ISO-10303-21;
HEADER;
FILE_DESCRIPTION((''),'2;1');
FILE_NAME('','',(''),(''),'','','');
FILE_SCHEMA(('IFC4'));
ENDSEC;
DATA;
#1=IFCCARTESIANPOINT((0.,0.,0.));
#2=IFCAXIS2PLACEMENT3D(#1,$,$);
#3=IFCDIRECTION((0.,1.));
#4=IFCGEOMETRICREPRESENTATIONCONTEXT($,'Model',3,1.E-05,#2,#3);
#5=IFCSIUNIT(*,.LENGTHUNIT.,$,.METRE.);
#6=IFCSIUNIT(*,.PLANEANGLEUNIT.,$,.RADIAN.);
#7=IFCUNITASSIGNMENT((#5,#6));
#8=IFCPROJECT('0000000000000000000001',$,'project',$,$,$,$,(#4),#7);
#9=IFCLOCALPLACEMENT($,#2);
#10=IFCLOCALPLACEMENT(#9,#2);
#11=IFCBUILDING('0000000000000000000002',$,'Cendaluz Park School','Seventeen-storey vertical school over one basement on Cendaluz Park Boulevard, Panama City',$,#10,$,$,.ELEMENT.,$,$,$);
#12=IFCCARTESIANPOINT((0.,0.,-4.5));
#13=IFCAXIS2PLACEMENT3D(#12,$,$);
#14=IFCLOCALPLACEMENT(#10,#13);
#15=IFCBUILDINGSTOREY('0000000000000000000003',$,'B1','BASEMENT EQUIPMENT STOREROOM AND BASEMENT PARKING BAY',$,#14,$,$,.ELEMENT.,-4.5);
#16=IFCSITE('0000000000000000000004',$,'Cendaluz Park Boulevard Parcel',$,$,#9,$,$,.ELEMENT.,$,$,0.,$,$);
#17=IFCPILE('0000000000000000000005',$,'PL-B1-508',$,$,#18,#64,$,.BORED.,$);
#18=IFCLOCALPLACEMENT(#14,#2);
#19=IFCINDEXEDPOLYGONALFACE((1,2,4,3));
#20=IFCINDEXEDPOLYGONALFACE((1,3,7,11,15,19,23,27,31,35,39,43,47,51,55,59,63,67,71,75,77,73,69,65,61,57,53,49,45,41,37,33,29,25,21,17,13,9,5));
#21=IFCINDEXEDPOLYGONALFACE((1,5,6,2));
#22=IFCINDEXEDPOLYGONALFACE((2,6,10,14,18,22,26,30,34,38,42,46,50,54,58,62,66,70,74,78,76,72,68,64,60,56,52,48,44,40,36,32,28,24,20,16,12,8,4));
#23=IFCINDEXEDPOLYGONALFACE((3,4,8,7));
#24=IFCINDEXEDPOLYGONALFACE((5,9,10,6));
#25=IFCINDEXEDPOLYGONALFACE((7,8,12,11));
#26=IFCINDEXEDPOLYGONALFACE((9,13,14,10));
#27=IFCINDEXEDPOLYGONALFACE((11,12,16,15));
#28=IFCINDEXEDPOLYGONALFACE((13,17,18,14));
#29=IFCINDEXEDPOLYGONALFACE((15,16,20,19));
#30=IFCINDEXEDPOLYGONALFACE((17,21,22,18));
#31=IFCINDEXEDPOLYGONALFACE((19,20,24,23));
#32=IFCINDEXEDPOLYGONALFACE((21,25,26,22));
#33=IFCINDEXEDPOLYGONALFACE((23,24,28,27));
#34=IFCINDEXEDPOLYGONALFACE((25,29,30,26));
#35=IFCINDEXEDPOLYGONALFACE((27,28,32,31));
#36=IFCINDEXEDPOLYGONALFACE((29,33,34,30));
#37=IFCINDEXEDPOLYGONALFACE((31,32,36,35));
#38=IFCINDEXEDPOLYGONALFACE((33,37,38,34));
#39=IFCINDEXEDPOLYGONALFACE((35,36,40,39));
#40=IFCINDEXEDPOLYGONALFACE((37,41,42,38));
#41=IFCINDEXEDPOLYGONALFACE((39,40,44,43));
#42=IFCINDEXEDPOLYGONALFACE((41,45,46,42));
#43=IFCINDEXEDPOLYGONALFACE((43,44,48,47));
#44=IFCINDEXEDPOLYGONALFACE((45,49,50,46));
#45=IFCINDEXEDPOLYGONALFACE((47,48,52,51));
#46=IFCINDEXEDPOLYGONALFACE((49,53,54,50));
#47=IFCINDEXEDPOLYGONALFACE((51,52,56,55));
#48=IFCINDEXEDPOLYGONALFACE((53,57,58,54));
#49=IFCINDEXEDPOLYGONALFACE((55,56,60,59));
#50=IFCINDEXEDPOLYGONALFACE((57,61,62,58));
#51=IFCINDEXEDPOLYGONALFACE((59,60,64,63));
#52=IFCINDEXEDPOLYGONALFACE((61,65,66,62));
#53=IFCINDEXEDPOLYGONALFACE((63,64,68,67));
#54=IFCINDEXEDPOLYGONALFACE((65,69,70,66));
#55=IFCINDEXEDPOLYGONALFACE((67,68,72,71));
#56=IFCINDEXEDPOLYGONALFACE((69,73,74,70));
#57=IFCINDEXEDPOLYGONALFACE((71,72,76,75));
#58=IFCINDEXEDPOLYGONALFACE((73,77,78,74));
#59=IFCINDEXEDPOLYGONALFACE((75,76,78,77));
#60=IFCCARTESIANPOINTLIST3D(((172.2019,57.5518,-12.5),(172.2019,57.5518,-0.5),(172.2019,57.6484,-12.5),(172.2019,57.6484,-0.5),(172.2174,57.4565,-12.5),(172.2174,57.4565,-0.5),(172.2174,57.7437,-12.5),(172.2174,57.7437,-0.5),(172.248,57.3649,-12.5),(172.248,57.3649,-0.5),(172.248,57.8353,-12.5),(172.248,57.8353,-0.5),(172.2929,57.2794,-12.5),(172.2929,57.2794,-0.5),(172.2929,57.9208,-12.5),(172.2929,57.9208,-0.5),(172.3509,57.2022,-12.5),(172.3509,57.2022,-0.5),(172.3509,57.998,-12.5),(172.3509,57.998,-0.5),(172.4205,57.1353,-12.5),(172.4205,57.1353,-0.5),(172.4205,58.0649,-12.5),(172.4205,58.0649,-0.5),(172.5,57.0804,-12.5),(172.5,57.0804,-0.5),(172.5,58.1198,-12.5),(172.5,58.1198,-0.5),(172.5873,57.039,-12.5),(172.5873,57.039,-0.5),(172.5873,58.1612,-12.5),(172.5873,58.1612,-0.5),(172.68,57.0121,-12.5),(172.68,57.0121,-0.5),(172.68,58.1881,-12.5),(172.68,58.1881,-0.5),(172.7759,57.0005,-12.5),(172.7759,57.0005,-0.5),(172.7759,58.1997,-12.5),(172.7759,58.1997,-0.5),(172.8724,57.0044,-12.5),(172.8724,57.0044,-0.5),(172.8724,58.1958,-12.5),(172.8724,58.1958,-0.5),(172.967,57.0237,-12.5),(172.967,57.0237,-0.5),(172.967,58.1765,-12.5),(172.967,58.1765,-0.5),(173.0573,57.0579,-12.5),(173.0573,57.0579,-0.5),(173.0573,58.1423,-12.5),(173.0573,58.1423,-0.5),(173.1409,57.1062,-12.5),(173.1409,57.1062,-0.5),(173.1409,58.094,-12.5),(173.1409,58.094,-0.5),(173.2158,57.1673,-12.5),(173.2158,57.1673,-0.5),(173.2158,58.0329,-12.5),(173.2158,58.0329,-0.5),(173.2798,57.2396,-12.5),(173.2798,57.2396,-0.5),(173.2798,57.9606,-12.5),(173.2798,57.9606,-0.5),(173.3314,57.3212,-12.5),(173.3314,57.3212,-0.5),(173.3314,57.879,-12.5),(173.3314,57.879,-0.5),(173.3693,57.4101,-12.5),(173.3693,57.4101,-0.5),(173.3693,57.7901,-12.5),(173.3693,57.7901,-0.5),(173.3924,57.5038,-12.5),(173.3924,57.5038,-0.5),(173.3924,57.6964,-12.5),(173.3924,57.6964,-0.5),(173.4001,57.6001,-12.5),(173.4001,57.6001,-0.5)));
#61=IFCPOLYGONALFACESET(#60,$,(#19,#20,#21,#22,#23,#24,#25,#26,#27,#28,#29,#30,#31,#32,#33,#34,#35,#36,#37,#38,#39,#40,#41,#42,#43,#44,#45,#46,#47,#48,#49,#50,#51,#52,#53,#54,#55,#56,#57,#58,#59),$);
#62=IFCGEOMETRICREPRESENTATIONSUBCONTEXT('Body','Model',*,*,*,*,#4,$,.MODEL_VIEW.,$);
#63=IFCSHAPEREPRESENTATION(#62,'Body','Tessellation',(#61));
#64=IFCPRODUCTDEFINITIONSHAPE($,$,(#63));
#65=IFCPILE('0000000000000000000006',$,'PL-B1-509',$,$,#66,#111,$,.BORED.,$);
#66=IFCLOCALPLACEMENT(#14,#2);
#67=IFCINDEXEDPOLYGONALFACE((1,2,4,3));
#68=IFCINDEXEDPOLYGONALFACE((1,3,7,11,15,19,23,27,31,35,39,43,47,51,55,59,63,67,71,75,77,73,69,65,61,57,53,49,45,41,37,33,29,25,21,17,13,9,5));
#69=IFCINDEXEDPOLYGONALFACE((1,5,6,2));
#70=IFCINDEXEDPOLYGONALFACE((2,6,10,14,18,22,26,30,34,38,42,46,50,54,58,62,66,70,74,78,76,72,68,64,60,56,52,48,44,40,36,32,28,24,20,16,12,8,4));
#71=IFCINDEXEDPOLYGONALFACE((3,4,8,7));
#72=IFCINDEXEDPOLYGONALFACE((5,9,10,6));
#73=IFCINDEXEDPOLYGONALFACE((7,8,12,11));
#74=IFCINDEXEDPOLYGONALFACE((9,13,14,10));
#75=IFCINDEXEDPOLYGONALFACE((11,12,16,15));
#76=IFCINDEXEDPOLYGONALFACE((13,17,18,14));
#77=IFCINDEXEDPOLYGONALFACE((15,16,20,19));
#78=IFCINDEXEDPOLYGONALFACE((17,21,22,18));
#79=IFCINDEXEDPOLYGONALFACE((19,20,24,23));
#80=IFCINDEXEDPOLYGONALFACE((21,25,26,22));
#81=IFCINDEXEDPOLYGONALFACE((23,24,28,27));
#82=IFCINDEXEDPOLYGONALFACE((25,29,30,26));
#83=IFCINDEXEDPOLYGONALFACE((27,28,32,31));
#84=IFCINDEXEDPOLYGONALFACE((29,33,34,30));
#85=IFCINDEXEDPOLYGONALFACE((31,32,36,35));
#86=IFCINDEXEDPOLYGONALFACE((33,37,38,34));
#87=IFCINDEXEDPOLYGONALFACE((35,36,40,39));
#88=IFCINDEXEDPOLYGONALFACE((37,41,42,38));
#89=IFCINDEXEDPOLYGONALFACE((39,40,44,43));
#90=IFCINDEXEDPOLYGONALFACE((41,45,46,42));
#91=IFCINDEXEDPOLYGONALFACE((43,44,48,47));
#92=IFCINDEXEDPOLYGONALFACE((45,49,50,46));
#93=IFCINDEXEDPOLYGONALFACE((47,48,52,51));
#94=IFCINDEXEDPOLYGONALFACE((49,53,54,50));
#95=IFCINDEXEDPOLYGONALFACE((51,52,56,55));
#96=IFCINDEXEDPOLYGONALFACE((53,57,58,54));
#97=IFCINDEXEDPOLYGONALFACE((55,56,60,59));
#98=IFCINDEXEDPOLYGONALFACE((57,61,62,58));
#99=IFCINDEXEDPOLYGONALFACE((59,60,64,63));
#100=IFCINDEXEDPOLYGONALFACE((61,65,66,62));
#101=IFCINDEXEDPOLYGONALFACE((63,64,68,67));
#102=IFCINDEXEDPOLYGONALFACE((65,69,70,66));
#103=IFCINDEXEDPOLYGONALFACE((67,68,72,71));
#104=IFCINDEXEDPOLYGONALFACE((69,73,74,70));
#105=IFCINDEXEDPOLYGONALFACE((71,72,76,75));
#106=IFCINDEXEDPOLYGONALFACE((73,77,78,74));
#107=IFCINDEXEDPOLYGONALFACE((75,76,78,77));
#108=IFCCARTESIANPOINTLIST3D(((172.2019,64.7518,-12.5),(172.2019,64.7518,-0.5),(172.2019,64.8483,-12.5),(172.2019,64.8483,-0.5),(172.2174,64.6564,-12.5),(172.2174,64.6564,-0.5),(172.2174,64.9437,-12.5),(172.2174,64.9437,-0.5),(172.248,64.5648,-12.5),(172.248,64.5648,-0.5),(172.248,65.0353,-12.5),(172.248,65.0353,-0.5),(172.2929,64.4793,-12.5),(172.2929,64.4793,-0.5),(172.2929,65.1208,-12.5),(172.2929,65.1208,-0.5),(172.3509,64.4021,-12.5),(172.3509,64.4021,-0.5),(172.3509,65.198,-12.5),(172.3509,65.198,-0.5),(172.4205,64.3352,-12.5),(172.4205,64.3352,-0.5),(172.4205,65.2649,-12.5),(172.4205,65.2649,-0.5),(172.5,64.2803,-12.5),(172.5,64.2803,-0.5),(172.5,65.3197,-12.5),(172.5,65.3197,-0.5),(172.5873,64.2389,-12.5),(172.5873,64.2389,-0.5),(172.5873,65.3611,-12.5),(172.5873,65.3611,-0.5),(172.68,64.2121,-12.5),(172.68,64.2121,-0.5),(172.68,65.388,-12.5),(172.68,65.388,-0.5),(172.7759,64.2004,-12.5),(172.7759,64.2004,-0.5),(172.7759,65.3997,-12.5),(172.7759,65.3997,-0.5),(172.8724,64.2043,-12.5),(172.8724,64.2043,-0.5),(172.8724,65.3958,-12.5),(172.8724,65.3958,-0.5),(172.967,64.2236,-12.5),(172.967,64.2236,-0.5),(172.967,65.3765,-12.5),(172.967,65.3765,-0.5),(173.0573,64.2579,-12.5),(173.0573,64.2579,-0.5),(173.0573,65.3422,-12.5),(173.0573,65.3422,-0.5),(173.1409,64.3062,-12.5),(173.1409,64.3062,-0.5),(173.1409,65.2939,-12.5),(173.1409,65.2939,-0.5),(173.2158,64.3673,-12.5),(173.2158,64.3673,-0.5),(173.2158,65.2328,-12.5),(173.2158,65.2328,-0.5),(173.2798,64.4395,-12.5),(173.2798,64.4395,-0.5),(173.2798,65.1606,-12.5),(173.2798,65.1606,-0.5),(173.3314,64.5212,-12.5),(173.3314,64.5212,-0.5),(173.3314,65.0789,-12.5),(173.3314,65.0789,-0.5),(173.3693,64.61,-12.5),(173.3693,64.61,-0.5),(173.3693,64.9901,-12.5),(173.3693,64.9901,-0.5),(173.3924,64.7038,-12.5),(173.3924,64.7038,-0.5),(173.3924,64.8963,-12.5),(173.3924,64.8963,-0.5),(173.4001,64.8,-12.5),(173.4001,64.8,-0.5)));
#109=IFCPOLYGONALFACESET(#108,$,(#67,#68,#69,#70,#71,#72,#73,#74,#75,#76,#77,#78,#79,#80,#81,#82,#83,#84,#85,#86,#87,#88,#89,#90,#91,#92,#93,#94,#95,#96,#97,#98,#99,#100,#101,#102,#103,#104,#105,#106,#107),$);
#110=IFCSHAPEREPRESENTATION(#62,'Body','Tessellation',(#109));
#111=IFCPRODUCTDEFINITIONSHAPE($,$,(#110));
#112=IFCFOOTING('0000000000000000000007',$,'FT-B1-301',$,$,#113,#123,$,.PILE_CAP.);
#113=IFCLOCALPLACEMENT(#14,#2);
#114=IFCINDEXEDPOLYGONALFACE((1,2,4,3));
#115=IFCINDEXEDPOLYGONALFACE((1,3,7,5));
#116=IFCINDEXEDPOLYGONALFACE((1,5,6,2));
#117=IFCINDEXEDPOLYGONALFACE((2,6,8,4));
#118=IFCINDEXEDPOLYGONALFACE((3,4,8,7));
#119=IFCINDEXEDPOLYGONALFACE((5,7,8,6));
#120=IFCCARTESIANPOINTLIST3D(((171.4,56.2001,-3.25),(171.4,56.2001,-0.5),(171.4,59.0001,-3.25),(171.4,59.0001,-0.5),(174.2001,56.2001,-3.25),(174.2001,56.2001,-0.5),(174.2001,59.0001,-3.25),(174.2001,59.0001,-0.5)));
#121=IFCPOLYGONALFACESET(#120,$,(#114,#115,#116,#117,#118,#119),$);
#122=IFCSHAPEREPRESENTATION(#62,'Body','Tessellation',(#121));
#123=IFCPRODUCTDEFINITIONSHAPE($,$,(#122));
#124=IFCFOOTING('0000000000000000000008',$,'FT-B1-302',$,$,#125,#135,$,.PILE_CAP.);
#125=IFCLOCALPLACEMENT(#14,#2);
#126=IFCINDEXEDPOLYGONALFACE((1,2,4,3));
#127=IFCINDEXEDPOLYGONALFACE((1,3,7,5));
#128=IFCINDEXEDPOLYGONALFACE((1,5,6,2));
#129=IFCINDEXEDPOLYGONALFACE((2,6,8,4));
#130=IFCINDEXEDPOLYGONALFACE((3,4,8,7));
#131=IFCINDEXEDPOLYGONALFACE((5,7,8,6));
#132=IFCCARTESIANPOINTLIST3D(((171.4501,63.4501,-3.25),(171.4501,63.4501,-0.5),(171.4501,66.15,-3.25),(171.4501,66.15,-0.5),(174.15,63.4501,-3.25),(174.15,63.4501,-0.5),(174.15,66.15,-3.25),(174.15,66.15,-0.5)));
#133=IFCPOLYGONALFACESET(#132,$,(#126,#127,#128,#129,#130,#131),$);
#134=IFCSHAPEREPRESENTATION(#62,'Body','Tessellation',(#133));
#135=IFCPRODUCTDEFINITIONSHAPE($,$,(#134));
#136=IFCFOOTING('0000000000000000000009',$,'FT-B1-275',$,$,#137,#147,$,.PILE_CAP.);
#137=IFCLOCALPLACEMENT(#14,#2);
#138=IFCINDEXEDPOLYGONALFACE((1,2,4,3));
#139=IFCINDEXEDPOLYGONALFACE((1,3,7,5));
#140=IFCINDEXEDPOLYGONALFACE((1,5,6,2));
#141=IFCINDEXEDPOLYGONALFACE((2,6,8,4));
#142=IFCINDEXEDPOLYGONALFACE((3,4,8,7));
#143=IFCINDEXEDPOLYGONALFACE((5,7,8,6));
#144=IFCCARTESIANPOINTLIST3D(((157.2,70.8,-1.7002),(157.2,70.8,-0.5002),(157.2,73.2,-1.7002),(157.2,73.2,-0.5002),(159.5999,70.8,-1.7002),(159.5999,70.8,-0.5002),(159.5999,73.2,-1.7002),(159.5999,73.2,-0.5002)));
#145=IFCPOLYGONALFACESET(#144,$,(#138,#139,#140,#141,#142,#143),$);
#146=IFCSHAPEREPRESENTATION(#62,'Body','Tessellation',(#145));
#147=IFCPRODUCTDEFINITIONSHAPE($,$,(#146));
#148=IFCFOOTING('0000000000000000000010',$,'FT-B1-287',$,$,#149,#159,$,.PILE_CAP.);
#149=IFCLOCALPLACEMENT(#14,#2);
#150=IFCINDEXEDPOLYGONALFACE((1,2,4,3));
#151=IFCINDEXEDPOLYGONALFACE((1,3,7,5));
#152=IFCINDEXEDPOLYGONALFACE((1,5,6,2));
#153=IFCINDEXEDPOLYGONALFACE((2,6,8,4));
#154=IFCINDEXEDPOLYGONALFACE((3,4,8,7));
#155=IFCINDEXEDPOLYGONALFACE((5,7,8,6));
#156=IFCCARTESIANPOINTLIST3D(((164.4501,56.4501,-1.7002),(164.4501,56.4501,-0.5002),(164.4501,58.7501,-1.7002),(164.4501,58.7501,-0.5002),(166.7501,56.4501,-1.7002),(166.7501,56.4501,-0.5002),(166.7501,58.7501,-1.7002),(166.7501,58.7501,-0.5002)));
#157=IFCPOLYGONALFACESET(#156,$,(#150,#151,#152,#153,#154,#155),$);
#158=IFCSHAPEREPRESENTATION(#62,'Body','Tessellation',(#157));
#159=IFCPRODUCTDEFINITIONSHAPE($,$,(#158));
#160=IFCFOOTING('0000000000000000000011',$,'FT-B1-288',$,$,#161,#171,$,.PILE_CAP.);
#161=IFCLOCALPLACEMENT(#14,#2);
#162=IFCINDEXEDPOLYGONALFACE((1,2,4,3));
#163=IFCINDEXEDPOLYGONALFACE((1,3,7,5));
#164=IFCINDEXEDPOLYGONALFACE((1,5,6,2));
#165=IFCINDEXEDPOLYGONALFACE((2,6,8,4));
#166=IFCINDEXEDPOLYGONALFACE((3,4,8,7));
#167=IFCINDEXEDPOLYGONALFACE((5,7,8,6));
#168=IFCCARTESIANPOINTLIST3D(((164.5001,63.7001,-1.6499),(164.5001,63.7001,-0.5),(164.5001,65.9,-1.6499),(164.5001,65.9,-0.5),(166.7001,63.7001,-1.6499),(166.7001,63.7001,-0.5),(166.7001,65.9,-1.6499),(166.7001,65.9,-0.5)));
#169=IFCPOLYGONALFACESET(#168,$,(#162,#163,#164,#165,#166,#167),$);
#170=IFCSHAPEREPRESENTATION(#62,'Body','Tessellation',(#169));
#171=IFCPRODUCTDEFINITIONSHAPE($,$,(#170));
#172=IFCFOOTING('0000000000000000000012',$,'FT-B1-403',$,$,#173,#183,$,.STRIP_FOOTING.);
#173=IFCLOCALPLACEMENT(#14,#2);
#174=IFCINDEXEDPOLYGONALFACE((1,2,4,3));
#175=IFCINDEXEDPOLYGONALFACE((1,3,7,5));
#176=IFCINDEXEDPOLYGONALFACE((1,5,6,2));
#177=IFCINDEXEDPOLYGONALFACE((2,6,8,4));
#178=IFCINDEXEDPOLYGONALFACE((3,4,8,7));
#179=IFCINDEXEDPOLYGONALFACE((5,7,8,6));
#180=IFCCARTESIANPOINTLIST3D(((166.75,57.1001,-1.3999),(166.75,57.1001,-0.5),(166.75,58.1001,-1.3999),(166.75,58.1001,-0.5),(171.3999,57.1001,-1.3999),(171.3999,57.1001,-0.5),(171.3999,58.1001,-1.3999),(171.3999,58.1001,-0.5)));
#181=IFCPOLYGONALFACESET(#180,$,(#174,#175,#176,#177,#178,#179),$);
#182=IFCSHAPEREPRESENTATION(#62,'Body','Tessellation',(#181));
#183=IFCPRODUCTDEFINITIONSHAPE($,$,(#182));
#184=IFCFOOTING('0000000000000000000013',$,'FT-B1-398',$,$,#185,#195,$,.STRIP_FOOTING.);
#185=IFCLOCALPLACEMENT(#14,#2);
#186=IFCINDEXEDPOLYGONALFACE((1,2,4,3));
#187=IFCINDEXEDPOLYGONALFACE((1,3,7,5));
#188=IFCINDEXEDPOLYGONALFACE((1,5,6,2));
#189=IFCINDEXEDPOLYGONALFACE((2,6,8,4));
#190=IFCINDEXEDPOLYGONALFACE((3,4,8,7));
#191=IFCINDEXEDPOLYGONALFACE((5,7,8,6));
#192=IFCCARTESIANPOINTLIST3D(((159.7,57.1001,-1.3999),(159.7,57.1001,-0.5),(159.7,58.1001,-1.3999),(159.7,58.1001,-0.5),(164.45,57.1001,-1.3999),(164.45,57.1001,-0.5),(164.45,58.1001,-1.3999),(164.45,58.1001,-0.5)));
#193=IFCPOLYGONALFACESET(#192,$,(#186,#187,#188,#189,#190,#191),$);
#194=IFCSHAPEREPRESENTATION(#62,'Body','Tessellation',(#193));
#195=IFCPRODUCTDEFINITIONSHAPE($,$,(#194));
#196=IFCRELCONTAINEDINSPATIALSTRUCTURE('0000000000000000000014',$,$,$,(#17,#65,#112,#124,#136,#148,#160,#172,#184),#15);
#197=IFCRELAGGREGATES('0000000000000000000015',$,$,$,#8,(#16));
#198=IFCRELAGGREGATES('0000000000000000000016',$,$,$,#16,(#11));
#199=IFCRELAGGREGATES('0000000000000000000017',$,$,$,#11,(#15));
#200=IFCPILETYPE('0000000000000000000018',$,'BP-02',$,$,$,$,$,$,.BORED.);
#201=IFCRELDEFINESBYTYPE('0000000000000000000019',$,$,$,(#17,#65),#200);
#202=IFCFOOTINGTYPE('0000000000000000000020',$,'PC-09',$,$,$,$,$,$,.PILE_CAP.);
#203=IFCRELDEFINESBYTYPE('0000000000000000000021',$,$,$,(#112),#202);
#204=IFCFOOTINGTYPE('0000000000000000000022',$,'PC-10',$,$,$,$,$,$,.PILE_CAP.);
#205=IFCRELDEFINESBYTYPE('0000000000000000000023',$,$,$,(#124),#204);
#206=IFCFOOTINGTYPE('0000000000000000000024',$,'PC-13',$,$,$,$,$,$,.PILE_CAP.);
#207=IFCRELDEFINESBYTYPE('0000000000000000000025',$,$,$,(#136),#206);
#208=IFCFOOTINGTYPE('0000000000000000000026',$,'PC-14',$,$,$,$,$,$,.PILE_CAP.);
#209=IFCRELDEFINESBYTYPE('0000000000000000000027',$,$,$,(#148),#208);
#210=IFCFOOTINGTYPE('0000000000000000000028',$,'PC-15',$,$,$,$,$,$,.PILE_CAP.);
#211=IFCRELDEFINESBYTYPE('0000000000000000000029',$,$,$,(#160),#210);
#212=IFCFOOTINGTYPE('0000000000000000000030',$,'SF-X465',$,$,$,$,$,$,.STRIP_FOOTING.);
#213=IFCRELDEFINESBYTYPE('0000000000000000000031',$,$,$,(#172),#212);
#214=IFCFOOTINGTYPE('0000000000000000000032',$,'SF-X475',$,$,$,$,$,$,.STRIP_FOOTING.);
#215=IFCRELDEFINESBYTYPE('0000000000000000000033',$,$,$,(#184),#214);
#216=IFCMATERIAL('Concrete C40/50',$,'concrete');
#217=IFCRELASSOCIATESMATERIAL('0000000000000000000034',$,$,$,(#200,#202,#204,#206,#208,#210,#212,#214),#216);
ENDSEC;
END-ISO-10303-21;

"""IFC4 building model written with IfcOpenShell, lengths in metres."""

from ifc_helpers import new_model, si_unit, direction, frame, origin, origin_2d, place, context, subcontext, project, spatial, rectangle, circle, extrude, material, material_profile, profile_set, type_object, element, save


model = new_model("IFC4")

# Units and contexts
model_context = context("Model", 3, precision=1e-05, world=origin(), true_north=direction((0.0, 1.0)))
body_context = subcontext(model_context, "Body", "Model", "MODEL_VIEW")
ifc_project = project(units=[si_unit("LENGTHUNIT", "METRE"), si_unit("PLANEANGLEUNIT", "RADIAN")], contexts=[model_context])

# Site, building, storey
site_placement = place(None, origin())
site = spatial("IfcSite", under=ifc_project, at=site_placement, Name="Cendaluz Park Boulevard Parcel", CompositionType="ELEMENT", RefElevation=0.0)
building_placement = place(site_placement, origin())
building = spatial("IfcBuilding", under=site, at=building_placement, Name="Cendaluz Park School", Description="Seventeen-storey vertical school over one basement on Cendaluz Park Boulevard, Panama City", CompositionType="ELEMENT")
storey_placement = place(building_placement, frame((0.0, 0.0, -4.5)))
storey = spatial("IfcBuildingStorey", under=building, at=storey_placement, Name="B1", Description="BASEMENT EQUIPMENT STOREROOM AND BASEMENT PARKING BAY", CompositionType="ELEMENT", Elevation=-4.5)

# Piles
ifc_material_1 = material(Name="Concrete C40/50", Category="concrete")
ifc_material_profile_1 = material_profile(ifc_material_1, circle(Radius=0.6001, at=origin_2d()), Name="BP D1200", Category="concrete")
ifc_profile_set_1 = profile_set([ifc_material_profile_1], Name="Concrete C40/50")
pile_type_1 = type_object("IfcPileType", Name="BP-02", PredefinedType="BORED", material=ifc_profile_set_1)
for number, where, z_axis, x_axis, name in (
    (1, (172.8, 57.6001, -0.5), (0.0, 0.0, -1.0), (1.0, 0.0, 0.0), "PL-B1-508"),
    (2, (172.8, 64.8, -0.5), (0.0, 0.0, -1.0), (1.0, 0.0, 0.0), "PL-B1-509"),
):
    element("IfcPile", number, at=place(storey_placement, frame(where, z_axis=z_axis, x_axis=x_axis)), inside=storey, type_object=pile_type_1, Name=name, PredefinedType="BORED", context=body_context, shape_type="SweptSolid", body=[
        extrude(circle(Radius=0.6001, at=origin_2d()), origin(), (0.0, 0.0, 1.0), 12.0),
    ])

# Footings
footing_type_1 = type_object("IfcFootingType", Name="PC-09", PredefinedType="PILE_CAP", material=ifc_material_1)
footing_1_placement = place(storey_placement, frame((172.8, 57.6001, -3.25), z_axis=(0.0, 0.0, 1.0), x_axis=(1.0, 0.0, 0.0)))
element("IfcFooting", 3, at=footing_1_placement, inside=storey, type_object=footing_type_1, Name="FT-B1-301", PredefinedType="PILE_CAP", context=body_context, shape_type="SweptSolid", body=[
    extrude(rectangle(XDim=2.8, YDim=2.8, at=origin_2d()), origin(), (0.0, 0.0, 1.0), 2.75),
])
footing_type_2 = type_object("IfcFootingType", Name="PC-10", PredefinedType="PILE_CAP", material=ifc_material_1)
footing_2_placement = place(storey_placement, frame((172.8, 64.8, -3.25), z_axis=(0.0, 0.0, 1.0), x_axis=(1.0, 0.0, 0.0)))
element("IfcFooting", 4, at=footing_2_placement, inside=storey, type_object=footing_type_2, Name="FT-B1-302", PredefinedType="PILE_CAP", context=body_context, shape_type="SweptSolid", body=[
    extrude(rectangle(XDim=2.7, YDim=2.7, at=origin_2d()), origin(), (0.0, 0.0, 1.0), 2.75),
])
footing_type_3 = type_object("IfcFootingType", Name="PC-13", PredefinedType="PILE_CAP", material=ifc_material_1)
footing_3_placement = place(storey_placement, frame((158.3999, 72.0, -1.7002), z_axis=(0.0, 0.0, 1.0), x_axis=(1.0, 0.0, 0.0)))
element("IfcFooting", 5, at=footing_3_placement, inside=storey, type_object=footing_type_3, Name="FT-B1-275", PredefinedType="PILE_CAP", context=body_context, shape_type="SweptSolid", body=[
    extrude(rectangle(XDim=2.3999, YDim=2.3999, at=origin_2d()), origin(), (0.0, 0.0, 1.0), 1.2),
])
footing_type_4 = type_object("IfcFootingType", Name="PC-14", PredefinedType="PILE_CAP", material=ifc_material_1)
footing_4_placement = place(storey_placement, frame((165.6001, 57.6001, -1.7002), z_axis=(0.0, 0.0, 1.0), x_axis=(1.0, 0.0, 0.0)))
element("IfcFooting", 6, at=footing_4_placement, inside=storey, type_object=footing_type_4, Name="FT-B1-287", PredefinedType="PILE_CAP", context=body_context, shape_type="SweptSolid", body=[
    extrude(rectangle(XDim=2.3, YDim=2.3, at=origin_2d()), origin(), (0.0, 0.0, 1.0), 1.2),
])
footing_type_5 = type_object("IfcFootingType", Name="PC-15", PredefinedType="PILE_CAP", material=ifc_material_1)
footing_5_placement = place(storey_placement, frame((165.6001, 64.8, -1.6499), z_axis=(0.0, 0.0, 1.0), x_axis=(1.0, 0.0, 0.0)))
element("IfcFooting", 7, at=footing_5_placement, inside=storey, type_object=footing_type_5, Name="FT-B1-288", PredefinedType="PILE_CAP", context=body_context, shape_type="SweptSolid", body=[
    extrude(rectangle(XDim=2.2, YDim=2.2, at=origin_2d()), origin(), (0.0, 0.0, 1.0), 1.1499),
])
footing_type_6 = type_object("IfcFootingType", Name="SF-X465", PredefinedType="STRIP_FOOTING", material=ifc_material_1)
footing_6_placement = place(storey_placement, frame((169.075, 57.6001, -1.3999), z_axis=(0.0, 0.0, 1.0), x_axis=(1.0, 0.0, 0.0)))
element("IfcFooting", 8, at=footing_6_placement, inside=storey, type_object=footing_type_6, Name="FT-B1-403", PredefinedType="STRIP_FOOTING", context=body_context, shape_type="SweptSolid", body=[
    extrude(rectangle(XDim=4.6499, YDim=1.0, at=origin_2d()), origin(), (0.0, 0.0, 1.0), 0.8999),
])
footing_type_7 = type_object("IfcFootingType", Name="SF-X475", PredefinedType="STRIP_FOOTING", material=ifc_material_1)
footing_7_placement = place(storey_placement, frame((162.075, 57.6001, -1.3999), z_axis=(0.0, 0.0, 1.0), x_axis=(1.0, 0.0, 0.0)))
element("IfcFooting", 9, at=footing_7_placement, inside=storey, type_object=footing_type_7, Name="FT-B1-398", PredefinedType="STRIP_FOOTING", context=body_context, shape_type="SweptSolid", body=[
    extrude(rectangle(XDim=4.75, YDim=1.0, at=origin_2d()), origin(), (0.0, 0.0, 1.0), 0.8999),
])

save(model, "model.ifc")
